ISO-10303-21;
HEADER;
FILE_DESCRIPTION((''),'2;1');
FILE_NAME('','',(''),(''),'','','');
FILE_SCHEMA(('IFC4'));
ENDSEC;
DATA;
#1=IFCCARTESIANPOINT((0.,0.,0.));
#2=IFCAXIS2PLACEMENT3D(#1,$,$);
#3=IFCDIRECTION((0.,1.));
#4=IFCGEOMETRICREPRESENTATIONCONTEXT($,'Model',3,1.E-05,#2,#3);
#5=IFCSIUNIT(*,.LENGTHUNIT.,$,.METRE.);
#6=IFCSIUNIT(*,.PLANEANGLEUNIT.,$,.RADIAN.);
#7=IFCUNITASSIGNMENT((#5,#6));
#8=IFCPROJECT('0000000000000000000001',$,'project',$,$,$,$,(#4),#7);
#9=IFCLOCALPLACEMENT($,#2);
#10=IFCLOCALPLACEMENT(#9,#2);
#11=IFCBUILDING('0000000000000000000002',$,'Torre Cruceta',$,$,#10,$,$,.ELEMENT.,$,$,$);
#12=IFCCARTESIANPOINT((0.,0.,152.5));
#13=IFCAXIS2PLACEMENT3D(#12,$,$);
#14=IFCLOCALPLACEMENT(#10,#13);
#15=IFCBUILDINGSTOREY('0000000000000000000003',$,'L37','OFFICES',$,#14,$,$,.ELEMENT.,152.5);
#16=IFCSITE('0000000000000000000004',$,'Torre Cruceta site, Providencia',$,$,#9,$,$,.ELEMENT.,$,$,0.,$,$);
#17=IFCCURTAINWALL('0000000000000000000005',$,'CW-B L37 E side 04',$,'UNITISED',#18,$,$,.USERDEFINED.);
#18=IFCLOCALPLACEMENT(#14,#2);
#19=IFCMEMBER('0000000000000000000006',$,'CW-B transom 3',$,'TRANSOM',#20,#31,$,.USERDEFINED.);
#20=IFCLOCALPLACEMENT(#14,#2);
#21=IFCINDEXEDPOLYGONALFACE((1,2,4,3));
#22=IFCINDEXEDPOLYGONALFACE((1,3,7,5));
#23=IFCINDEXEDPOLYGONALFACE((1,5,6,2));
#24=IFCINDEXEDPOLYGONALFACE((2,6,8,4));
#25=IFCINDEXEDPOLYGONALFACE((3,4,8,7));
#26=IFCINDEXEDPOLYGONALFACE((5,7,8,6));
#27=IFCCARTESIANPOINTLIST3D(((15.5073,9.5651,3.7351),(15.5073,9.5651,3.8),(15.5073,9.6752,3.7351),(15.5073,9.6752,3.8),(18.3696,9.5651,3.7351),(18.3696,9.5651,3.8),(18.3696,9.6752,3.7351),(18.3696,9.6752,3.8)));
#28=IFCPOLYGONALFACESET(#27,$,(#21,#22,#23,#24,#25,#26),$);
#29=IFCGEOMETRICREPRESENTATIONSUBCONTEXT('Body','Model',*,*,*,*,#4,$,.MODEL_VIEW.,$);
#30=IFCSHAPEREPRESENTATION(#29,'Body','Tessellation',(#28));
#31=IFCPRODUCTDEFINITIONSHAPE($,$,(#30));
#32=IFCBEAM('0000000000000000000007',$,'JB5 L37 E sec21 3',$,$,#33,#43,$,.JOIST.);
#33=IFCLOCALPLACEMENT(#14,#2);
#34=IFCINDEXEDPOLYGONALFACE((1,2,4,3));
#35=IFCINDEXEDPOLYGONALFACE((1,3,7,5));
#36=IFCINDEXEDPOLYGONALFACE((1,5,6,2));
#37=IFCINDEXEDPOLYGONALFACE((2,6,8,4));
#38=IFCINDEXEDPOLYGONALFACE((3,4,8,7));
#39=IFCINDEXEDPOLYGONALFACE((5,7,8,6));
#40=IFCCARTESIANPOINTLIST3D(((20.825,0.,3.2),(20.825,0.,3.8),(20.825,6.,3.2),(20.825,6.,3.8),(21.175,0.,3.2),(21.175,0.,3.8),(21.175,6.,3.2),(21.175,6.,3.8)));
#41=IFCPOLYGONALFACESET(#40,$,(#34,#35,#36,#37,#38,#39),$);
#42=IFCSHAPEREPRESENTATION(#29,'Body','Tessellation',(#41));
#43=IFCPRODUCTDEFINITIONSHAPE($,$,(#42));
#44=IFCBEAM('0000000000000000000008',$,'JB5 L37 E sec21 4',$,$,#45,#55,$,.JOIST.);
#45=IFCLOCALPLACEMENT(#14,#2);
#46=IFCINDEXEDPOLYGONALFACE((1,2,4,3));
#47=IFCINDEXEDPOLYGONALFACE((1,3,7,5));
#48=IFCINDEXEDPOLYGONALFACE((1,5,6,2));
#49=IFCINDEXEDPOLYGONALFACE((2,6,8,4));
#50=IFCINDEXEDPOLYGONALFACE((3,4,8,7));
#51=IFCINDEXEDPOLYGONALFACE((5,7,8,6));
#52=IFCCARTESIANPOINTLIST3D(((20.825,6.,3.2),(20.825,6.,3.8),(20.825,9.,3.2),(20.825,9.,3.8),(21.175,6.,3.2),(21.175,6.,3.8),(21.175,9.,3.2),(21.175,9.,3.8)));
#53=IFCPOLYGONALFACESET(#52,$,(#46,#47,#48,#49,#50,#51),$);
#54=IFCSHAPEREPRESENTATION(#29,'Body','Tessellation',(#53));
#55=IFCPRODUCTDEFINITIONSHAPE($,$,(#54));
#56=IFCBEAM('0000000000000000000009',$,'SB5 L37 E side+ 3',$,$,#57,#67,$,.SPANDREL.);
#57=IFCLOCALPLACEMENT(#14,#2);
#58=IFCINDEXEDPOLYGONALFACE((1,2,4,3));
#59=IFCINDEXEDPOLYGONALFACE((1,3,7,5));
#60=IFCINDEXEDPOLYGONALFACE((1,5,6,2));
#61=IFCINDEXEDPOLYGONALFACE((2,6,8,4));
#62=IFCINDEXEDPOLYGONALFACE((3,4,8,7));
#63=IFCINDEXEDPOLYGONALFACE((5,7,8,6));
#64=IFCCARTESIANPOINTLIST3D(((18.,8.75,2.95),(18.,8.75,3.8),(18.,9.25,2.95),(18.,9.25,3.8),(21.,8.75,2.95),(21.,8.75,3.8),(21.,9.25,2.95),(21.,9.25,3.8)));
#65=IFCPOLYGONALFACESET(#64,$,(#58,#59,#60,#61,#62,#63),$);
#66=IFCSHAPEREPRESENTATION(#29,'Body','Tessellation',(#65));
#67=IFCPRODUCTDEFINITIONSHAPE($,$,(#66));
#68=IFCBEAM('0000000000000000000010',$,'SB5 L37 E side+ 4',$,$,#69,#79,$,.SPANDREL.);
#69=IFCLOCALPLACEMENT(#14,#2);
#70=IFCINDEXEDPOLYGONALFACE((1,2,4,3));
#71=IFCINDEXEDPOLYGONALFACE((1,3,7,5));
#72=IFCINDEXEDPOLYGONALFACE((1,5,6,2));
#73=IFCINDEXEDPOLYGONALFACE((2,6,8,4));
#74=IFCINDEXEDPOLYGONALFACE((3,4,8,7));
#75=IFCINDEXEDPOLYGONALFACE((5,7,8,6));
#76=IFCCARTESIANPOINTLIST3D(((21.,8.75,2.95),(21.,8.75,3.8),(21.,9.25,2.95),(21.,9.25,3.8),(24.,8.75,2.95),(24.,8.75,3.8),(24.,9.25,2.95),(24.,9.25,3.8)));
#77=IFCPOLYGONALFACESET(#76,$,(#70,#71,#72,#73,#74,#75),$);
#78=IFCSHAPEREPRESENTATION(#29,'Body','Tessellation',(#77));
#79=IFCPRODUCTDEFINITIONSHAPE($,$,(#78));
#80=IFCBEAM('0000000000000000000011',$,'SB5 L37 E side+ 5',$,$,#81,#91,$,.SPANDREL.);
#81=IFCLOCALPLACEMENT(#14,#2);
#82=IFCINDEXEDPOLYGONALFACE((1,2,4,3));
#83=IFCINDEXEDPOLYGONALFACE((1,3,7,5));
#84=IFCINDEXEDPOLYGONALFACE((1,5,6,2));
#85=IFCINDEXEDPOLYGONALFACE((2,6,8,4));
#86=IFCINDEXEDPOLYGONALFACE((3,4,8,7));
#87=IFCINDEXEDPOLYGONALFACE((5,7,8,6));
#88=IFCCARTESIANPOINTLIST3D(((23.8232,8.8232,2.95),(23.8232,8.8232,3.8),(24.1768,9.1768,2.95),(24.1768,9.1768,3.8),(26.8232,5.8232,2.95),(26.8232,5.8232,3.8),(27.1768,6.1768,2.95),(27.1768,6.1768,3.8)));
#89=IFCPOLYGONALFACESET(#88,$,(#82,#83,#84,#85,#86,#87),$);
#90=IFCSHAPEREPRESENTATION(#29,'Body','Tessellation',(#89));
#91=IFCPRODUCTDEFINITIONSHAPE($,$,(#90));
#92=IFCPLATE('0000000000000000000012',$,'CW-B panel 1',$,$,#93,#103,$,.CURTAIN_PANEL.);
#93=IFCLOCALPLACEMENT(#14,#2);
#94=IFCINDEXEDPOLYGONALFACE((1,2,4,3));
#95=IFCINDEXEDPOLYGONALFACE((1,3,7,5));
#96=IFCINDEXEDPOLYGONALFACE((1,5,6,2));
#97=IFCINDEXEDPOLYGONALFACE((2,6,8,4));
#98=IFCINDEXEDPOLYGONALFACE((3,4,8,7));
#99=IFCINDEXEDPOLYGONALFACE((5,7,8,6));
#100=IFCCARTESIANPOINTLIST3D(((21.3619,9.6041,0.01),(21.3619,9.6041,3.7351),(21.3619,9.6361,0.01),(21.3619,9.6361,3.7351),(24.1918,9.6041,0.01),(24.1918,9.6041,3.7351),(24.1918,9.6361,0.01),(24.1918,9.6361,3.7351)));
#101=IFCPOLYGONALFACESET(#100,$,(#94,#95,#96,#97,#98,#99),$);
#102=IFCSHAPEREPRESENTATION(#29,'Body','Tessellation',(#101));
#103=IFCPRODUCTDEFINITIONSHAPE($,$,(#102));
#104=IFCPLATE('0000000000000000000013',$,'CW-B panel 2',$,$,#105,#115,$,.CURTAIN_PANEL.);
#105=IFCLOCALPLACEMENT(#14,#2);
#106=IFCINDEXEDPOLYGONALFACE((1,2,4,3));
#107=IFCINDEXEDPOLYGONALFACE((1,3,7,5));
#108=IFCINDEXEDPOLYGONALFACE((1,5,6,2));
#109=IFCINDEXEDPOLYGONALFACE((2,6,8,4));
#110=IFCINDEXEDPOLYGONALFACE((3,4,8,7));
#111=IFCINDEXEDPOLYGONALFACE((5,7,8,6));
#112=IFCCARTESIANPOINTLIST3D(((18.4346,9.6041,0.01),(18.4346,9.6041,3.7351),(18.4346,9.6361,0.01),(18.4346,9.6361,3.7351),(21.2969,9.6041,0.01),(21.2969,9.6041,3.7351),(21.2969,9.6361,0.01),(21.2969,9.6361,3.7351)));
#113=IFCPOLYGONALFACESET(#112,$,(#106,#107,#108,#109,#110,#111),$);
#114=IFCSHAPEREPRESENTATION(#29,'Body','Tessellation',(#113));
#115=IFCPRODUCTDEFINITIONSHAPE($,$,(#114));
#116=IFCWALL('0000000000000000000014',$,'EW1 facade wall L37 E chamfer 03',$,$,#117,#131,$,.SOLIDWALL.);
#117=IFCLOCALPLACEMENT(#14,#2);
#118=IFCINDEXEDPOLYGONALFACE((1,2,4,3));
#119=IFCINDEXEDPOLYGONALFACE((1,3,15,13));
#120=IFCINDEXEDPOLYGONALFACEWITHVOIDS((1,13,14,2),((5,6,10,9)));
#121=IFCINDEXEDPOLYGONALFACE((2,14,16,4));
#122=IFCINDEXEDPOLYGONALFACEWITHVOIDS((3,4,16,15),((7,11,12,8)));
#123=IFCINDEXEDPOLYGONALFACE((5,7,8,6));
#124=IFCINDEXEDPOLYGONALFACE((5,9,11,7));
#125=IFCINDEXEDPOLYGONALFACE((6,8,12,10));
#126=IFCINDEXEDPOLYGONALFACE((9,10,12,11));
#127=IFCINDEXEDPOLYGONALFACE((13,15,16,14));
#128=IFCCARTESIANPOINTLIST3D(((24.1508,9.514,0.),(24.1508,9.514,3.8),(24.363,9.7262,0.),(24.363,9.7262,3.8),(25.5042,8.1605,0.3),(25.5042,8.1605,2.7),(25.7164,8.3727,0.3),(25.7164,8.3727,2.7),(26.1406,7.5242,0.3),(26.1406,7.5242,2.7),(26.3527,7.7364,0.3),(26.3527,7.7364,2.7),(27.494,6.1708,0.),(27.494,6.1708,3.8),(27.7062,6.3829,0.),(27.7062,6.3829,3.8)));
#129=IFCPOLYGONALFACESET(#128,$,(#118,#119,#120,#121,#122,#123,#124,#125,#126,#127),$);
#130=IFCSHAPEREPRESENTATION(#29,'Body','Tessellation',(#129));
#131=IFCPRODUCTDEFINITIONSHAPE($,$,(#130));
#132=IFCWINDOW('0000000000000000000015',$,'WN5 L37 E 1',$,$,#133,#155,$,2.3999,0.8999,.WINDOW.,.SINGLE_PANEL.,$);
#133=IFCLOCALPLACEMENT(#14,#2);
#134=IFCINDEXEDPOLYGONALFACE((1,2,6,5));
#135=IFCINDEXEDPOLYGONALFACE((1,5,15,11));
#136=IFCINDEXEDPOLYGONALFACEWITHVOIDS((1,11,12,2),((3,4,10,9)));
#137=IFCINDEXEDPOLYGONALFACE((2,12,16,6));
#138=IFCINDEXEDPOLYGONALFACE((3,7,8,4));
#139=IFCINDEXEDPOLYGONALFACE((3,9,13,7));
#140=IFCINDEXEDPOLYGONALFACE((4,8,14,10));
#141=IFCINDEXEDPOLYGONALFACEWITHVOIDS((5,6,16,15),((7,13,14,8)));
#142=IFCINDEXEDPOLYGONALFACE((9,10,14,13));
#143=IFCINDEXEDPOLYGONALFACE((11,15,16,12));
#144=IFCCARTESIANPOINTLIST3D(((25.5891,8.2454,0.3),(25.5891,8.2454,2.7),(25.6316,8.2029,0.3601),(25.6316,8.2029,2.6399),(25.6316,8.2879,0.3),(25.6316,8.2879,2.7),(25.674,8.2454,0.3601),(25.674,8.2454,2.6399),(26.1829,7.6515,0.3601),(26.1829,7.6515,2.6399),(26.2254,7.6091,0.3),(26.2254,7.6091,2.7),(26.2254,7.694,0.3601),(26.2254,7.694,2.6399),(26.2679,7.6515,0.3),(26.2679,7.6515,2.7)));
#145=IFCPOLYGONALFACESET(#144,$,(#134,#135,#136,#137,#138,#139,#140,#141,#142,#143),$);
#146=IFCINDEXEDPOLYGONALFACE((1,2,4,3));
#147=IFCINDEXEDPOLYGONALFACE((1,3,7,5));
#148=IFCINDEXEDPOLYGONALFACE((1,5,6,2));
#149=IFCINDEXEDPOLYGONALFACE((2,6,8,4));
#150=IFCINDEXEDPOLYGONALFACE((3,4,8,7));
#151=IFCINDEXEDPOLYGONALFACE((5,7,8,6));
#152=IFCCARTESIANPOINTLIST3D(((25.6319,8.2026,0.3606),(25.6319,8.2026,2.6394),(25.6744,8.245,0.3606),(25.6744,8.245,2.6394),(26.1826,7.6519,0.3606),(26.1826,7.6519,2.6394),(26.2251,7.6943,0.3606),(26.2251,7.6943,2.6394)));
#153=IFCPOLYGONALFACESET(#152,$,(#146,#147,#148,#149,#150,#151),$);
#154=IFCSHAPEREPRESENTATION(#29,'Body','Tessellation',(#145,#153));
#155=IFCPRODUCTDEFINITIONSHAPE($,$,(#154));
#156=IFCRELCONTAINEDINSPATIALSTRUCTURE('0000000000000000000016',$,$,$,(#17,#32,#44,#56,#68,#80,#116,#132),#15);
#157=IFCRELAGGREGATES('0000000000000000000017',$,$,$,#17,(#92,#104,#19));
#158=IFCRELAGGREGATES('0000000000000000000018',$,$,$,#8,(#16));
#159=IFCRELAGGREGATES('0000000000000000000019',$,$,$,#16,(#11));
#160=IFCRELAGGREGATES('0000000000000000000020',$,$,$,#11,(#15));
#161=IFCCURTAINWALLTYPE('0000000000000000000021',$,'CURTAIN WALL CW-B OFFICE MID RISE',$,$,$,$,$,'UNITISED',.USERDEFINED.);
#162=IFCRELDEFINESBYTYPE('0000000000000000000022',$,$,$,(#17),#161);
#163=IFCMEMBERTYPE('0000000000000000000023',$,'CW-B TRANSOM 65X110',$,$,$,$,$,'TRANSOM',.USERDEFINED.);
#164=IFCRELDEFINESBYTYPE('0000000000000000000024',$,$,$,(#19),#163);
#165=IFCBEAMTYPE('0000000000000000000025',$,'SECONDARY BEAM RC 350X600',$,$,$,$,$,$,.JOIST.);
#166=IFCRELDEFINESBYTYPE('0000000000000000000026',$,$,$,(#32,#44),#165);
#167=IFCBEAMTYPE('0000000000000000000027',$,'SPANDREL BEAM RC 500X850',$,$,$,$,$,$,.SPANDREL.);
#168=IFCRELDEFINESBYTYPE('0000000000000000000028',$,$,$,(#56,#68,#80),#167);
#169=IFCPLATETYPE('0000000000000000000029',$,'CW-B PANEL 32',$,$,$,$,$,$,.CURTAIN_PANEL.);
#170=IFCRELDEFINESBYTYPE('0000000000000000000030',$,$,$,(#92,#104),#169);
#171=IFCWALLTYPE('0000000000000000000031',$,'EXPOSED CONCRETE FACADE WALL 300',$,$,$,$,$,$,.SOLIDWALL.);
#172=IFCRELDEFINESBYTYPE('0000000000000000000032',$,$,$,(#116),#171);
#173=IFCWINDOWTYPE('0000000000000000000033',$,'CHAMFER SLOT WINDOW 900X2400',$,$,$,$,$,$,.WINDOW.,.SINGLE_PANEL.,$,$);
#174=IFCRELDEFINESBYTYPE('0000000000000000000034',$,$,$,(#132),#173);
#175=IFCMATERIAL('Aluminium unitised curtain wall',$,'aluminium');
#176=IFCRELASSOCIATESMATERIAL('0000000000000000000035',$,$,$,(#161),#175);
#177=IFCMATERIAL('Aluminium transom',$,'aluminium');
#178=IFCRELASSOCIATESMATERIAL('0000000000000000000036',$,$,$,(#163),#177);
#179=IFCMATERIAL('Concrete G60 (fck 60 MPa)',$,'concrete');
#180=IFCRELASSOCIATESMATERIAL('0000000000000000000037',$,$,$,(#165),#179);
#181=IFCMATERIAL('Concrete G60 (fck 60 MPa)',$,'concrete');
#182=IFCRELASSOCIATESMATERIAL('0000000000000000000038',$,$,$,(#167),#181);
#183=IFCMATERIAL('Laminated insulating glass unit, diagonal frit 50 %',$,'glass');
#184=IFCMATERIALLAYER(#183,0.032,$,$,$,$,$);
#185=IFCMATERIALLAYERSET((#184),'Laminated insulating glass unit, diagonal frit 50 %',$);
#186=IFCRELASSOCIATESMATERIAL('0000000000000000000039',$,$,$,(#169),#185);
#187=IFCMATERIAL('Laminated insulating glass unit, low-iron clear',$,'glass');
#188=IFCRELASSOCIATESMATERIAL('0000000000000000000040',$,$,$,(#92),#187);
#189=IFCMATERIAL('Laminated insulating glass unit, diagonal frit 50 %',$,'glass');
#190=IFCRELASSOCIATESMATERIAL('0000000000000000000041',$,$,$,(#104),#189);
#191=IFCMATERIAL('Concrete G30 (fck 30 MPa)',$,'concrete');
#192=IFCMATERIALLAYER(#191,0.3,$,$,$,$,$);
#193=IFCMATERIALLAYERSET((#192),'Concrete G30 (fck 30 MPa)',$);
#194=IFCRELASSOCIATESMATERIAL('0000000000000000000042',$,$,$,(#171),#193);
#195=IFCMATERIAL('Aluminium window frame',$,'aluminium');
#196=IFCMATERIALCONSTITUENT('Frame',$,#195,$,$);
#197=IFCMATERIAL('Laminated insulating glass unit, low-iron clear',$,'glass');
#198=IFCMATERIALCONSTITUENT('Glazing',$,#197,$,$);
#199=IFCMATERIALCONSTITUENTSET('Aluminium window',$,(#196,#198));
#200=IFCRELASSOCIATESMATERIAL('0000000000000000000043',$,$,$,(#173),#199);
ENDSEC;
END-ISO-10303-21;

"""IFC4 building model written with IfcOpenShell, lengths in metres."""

from ifc_helpers import new_model, si_unit, direction, frame, frame_2d, origin, origin_2d, place, context, subcontext, project, spatial, rectangle, hollow_rectangle, extrude, material, layer, layer_set, constituent, constituent_set, material_profile, profile_set, type_object, element, fill, aggregate, save


model = new_model("IFC4")

# Units and contexts
model_context = context("Model", 3, precision=1e-05, world=origin(), true_north=direction((0.0, 1.0)))
body_context = subcontext(model_context, "Body", "Model", "MODEL_VIEW")
ifc_project = project(units=[si_unit("LENGTHUNIT", "METRE"), si_unit("PLANEANGLEUNIT", "RADIAN")], contexts=[model_context])

# Site, building, storey
site_placement = place(None, origin())
site = spatial("IfcSite", under=ifc_project, at=site_placement, Name="Torre Cruceta site, Providencia", CompositionType="ELEMENT", RefElevation=0.0)
building_placement = place(site_placement, origin())
building = spatial("IfcBuilding", under=site, at=building_placement, Name="Torre Cruceta", CompositionType="ELEMENT")
storey_placement = place(building_placement, frame((0.0, 0.0, 152.5)))
storey = spatial("IfcBuildingStorey", under=building, at=storey_placement, Name="L37", Description="OFFICES", CompositionType="ELEMENT", Elevation=152.5)

# Curtain wall, member
ifc_material_1 = material(Name="Aluminium unitised curtain wall", Category="aluminium")
curtain_wall_type = type_object("IfcCurtainWallType", Name="CURTAIN WALL CW-B OFFICE MID RISE", ElementType="UNITISED", PredefinedType="USERDEFINED", material=ifc_material_1)
curtain_wall_placement = place(storey_placement, origin())
curtain_wall = element("IfcCurtainWall", 1, at=curtain_wall_placement, inside=storey, type_object=curtain_wall_type, Name="CW-B L37 E side 04", ObjectType="UNITISED", PredefinedType="USERDEFINED")
ifc_material_2 = material(Name="Aluminium transom", Category="aluminium")
ifc_material_profile_1 = material_profile(ifc_material_2, rectangle(XDim=0.1101, YDim=0.0649, at=origin_2d()), Name="AL 110X65")
ifc_profile_set_1 = profile_set([ifc_material_profile_1], Name="Aluminium transom")
member_type_1 = type_object("IfcMemberType", Name="CW-B TRANSOM 65X110", ElementType="TRANSOM", PredefinedType="USERDEFINED", material=ifc_profile_set_1)
member_1_placement = place(storey_placement, frame((18.3696, 9.6201, 3.7676), z_axis=(-1.0, 0.0, 0.0), x_axis=(0.0, -1.0, 0.0)))
member_1 = element("IfcMember", 2, at=member_1_placement, type_object=member_type_1, Name="CW-B transom 3", ObjectType="TRANSOM", PredefinedType="USERDEFINED", context=body_context, shape_type="SweptSolid", body=[
    extrude(rectangle(XDim=0.1101, YDim=0.0649, at=origin_2d()), origin(), (0.0, 0.0, 1.0), 2.8623),
])

# Beams
ifc_material_3 = material(Name="Concrete G60 (fck 60 MPa)", Category="concrete")
ifc_material_profile_2 = material_profile(ifc_material_3, rectangle(XDim=0.3501, YDim=0.6001, at=origin_2d()), Name="RC 350X600")
ifc_profile_set_2 = profile_set([ifc_material_profile_2], Name="Concrete G60 (fck 60 MPa)")
beam_type_1 = type_object("IfcBeamType", Name="SECONDARY BEAM RC 350X600", PredefinedType="JOIST", material=ifc_profile_set_2)
beam_1_placement = place(storey_placement, frame((21.0, 0.0, 3.5), z_axis=(0.0, 1.0, 0.0), x_axis=(-1.0, 0.0, 0.0)))
element("IfcBeam", 3, at=beam_1_placement, inside=storey, type_object=beam_type_1, Name="JB5 L37 E sec21 3", PredefinedType="JOIST", context=body_context, shape_type="SweptSolid", body=[
    extrude(rectangle(XDim=0.3501, YDim=0.6001, at=origin_2d()), origin(), (0.0, 0.0, 1.0), 6.0),
])
beam_2_placement = place(storey_placement, frame((21.0, 6.0, 3.5), z_axis=(0.0, 1.0, 0.0), x_axis=(-1.0, 0.0, 0.0)))
element("IfcBeam", 4, at=beam_2_placement, inside=storey, type_object=beam_type_1, Name="JB5 L37 E sec21 4", PredefinedType="JOIST", context=body_context, shape_type="SweptSolid", body=[
    extrude(rectangle(XDim=0.3501, YDim=0.6001, at=origin_2d()), origin(), (0.0, 0.0, 1.0), 3.0),
])
ifc_material_4 = material(Name="Concrete G60 (fck 60 MPa)", Category="concrete")
ifc_material_profile_3 = material_profile(ifc_material_4, rectangle(XDim=0.5, YDim=0.8501, at=origin_2d()), Name="RC 500X850")
ifc_profile_set_3 = profile_set([ifc_material_profile_3], Name="Concrete G60 (fck 60 MPa)")
beam_type_2 = type_object("IfcBeamType", Name="SPANDREL BEAM RC 500X850", PredefinedType="SPANDREL", material=ifc_profile_set_3)
for number, where, z_axis, x_axis, name in (
    (5, (18.0, 9.0, 3.375), (1.0, 0.0, 0.0), (0.0, 1.0, 0.0), "SB5 L37 E side+ 3"),
    (6, (21.0, 9.0, 3.375), (1.0, 0.0, 0.0), (0.0, 1.0, 0.0), "SB5 L37 E side+ 4"),
):
    element("IfcBeam", number, at=place(storey_placement, frame(where, z_axis=z_axis, x_axis=x_axis)), inside=storey, type_object=beam_type_2, Name=name, PredefinedType="SPANDREL", context=body_context, shape_type="SweptSolid", body=[
        extrude(rectangle(XDim=0.5, YDim=0.8501, at=origin_2d()), origin(), (0.0, 0.0, 1.0), 3.0),
    ])
beam_3_placement = place(storey_placement, frame((24.0, 9.0, 3.375), z_axis=(0.707107, -0.707107, 0.0), x_axis=(0.707107, 0.707107, 0.0)))
element("IfcBeam", 7, at=beam_3_placement, inside=storey, type_object=beam_type_2, Name="SB5 L37 E side+ 5", PredefinedType="SPANDREL", context=body_context, shape_type="SweptSolid", body=[
    extrude(rectangle(XDim=0.5, YDim=0.8501, at=origin_2d()), origin(), (0.0, 0.0, 1.0), 4.2427),
])

# Plates
ifc_material_5 = material(Name="Laminated insulating glass unit, low-iron clear", Category="glass")
ifc_material_6 = material(Name="Laminated insulating glass unit, diagonal frit 50 %", Category="glass")
ifc_layer_1 = layer(ifc_material_6, 0.032)
ifc_layer_set_1 = layer_set([ifc_layer_1], Name="Laminated insulating glass unit, diagonal frit 50 %")
plate_type = type_object("IfcPlateType", Name="CW-B PANEL 32", PredefinedType="CURTAIN_PANEL", material=ifc_layer_set_1)
plate_1_placement = place(storey_placement, frame((22.7769, 9.6201, 0.01), z_axis=(0.0, 0.0, 1.0), x_axis=(-1.0, 0.0, 0.0)))
plate_1 = element("IfcPlate", 8, at=plate_1_placement, type_object=plate_type, material=ifc_material_5, Name="CW-B panel 1", PredefinedType="CURTAIN_PANEL", context=body_context, shape_type="SweptSolid", body=[
    extrude(rectangle(XDim=2.8298, YDim=0.032, at=origin_2d()), origin(), (0.0, 0.0, 1.0), 3.7251),
])
ifc_material_7 = material(Name="Laminated insulating glass unit, diagonal frit 50 %", Category="glass")
plate_2_placement = place(storey_placement, frame((19.8657, 9.6201, 0.01), z_axis=(0.0, 0.0, 1.0), x_axis=(-1.0, 0.0, 0.0)))
plate_2 = element("IfcPlate", 9, at=plate_2_placement, type_object=plate_type, material=ifc_material_7, Name="CW-B panel 2", PredefinedType="CURTAIN_PANEL", context=body_context, shape_type="SweptSolid", body=[
    extrude(rectangle(XDim=2.8623, YDim=0.032, at=origin_2d()), origin(), (0.0, 0.0, 1.0), 3.7251),
])
aggregate(curtain_wall, [plate_1, plate_2, member_1])

# Wall, opening, window
ifc_material_8 = material(Name="Concrete G30 (fck 30 MPa)", Category="concrete")
ifc_layer_2 = layer(ifc_material_8, 0.3)
ifc_layer_set_2 = layer_set([ifc_layer_2], Name="Concrete G30 (fck 30 MPa)")
wall_type_1 = type_object("IfcWallType", Name="EXPOSED CONCRETE FACADE WALL 300", PredefinedType="SOLIDWALL", material=ifc_layer_set_2)
wall_1_placement = place(storey_placement, frame((27.6001, 6.2769, 0.0), z_axis=(0.0, 0.0, 1.0), x_axis=(-0.707107, 0.707107, 0.0)))
wall_1 = element("IfcWall", 10, at=wall_1_placement, inside=storey, type_object=wall_type_1, Name="EW1 facade wall L37 E chamfer 03", PredefinedType="SOLIDWALL", context=body_context, shape_type="SweptSolid", body=[
    extrude(rectangle(XDim=4.728, YDim=0.3, at=frame_2d((2.364, 0.0))), origin(), (0.0, 0.0, 1.0), 3.8),
])
opening_1_placement = place(wall_1_placement, frame((1.9141, 0.0, 0.3)))
opening_1 = element("IfcOpeningElement", 11, at=opening_1_placement, cuts=wall_1, PredefinedType="OPENING", context=body_context, shape_type="SweptSolid", body=[
    extrude(rectangle(XDim=0.8999, YDim=2.3999, at=frame_2d((0.45, 1.2))), frame((0.0, 0.1599, 0.0), z_axis=(0.0, -1.0, 0.0), x_axis=(1.0, 0.0, 0.0)), (0.0, 0.0, 1.0), 0.3201),
])
ifc_material_9 = material(Name="Aluminium window frame", Category="aluminium")
ifc_constituent_1 = constituent(ifc_material_9, Name="Frame")
ifc_material_10 = material(Name="Laminated insulating glass unit, low-iron clear", Category="glass")
ifc_constituent_2 = constituent(ifc_material_10, Name="Glazing")
ifc_constituent_set_1 = constituent_set(constituents=[ifc_constituent_1, ifc_constituent_2], Name="Aluminium window")
window_type = type_object("IfcWindowType", Name="CHAMFER SLOT WINDOW 900X2400", PartitioningType="SINGLE_PANEL", PredefinedType="WINDOW", material=ifc_constituent_set_1)
window_placement = place(opening_1_placement, origin())
window = element("IfcWindow", 12, at=window_placement, inside=storey, type_object=window_type, Name="WN5 L37 E 1", OverallHeight=2.3999, OverallWidth=0.8999, PartitioningType="SINGLE_PANEL", PredefinedType="WINDOW", context=body_context, shape_type="SweptSolid", body=[
    extrude(hollow_rectangle(XDim=0.8999, YDim=2.3999, WallThickness=0.0601, at=frame_2d((0.45, 1.2))), frame((0.0, 0.03, 0.0), z_axis=(0.0, -1.0, 0.0), x_axis=(1.0, 0.0, 0.0)), (0.0, 0.0, 1.0), 0.0601),
    extrude(rectangle(XDim=0.7788, YDim=2.2788, at=frame_2d((0.45, 1.2))), frame((0.0, 0.03, 0.0), z_axis=(0.0, -1.0, 0.0), x_axis=(1.0, 0.0, 0.0)), (0.0, 0.0, 1.0), 0.0601),
])
fill(opening_1, window)

save(model, "model.ifc")
